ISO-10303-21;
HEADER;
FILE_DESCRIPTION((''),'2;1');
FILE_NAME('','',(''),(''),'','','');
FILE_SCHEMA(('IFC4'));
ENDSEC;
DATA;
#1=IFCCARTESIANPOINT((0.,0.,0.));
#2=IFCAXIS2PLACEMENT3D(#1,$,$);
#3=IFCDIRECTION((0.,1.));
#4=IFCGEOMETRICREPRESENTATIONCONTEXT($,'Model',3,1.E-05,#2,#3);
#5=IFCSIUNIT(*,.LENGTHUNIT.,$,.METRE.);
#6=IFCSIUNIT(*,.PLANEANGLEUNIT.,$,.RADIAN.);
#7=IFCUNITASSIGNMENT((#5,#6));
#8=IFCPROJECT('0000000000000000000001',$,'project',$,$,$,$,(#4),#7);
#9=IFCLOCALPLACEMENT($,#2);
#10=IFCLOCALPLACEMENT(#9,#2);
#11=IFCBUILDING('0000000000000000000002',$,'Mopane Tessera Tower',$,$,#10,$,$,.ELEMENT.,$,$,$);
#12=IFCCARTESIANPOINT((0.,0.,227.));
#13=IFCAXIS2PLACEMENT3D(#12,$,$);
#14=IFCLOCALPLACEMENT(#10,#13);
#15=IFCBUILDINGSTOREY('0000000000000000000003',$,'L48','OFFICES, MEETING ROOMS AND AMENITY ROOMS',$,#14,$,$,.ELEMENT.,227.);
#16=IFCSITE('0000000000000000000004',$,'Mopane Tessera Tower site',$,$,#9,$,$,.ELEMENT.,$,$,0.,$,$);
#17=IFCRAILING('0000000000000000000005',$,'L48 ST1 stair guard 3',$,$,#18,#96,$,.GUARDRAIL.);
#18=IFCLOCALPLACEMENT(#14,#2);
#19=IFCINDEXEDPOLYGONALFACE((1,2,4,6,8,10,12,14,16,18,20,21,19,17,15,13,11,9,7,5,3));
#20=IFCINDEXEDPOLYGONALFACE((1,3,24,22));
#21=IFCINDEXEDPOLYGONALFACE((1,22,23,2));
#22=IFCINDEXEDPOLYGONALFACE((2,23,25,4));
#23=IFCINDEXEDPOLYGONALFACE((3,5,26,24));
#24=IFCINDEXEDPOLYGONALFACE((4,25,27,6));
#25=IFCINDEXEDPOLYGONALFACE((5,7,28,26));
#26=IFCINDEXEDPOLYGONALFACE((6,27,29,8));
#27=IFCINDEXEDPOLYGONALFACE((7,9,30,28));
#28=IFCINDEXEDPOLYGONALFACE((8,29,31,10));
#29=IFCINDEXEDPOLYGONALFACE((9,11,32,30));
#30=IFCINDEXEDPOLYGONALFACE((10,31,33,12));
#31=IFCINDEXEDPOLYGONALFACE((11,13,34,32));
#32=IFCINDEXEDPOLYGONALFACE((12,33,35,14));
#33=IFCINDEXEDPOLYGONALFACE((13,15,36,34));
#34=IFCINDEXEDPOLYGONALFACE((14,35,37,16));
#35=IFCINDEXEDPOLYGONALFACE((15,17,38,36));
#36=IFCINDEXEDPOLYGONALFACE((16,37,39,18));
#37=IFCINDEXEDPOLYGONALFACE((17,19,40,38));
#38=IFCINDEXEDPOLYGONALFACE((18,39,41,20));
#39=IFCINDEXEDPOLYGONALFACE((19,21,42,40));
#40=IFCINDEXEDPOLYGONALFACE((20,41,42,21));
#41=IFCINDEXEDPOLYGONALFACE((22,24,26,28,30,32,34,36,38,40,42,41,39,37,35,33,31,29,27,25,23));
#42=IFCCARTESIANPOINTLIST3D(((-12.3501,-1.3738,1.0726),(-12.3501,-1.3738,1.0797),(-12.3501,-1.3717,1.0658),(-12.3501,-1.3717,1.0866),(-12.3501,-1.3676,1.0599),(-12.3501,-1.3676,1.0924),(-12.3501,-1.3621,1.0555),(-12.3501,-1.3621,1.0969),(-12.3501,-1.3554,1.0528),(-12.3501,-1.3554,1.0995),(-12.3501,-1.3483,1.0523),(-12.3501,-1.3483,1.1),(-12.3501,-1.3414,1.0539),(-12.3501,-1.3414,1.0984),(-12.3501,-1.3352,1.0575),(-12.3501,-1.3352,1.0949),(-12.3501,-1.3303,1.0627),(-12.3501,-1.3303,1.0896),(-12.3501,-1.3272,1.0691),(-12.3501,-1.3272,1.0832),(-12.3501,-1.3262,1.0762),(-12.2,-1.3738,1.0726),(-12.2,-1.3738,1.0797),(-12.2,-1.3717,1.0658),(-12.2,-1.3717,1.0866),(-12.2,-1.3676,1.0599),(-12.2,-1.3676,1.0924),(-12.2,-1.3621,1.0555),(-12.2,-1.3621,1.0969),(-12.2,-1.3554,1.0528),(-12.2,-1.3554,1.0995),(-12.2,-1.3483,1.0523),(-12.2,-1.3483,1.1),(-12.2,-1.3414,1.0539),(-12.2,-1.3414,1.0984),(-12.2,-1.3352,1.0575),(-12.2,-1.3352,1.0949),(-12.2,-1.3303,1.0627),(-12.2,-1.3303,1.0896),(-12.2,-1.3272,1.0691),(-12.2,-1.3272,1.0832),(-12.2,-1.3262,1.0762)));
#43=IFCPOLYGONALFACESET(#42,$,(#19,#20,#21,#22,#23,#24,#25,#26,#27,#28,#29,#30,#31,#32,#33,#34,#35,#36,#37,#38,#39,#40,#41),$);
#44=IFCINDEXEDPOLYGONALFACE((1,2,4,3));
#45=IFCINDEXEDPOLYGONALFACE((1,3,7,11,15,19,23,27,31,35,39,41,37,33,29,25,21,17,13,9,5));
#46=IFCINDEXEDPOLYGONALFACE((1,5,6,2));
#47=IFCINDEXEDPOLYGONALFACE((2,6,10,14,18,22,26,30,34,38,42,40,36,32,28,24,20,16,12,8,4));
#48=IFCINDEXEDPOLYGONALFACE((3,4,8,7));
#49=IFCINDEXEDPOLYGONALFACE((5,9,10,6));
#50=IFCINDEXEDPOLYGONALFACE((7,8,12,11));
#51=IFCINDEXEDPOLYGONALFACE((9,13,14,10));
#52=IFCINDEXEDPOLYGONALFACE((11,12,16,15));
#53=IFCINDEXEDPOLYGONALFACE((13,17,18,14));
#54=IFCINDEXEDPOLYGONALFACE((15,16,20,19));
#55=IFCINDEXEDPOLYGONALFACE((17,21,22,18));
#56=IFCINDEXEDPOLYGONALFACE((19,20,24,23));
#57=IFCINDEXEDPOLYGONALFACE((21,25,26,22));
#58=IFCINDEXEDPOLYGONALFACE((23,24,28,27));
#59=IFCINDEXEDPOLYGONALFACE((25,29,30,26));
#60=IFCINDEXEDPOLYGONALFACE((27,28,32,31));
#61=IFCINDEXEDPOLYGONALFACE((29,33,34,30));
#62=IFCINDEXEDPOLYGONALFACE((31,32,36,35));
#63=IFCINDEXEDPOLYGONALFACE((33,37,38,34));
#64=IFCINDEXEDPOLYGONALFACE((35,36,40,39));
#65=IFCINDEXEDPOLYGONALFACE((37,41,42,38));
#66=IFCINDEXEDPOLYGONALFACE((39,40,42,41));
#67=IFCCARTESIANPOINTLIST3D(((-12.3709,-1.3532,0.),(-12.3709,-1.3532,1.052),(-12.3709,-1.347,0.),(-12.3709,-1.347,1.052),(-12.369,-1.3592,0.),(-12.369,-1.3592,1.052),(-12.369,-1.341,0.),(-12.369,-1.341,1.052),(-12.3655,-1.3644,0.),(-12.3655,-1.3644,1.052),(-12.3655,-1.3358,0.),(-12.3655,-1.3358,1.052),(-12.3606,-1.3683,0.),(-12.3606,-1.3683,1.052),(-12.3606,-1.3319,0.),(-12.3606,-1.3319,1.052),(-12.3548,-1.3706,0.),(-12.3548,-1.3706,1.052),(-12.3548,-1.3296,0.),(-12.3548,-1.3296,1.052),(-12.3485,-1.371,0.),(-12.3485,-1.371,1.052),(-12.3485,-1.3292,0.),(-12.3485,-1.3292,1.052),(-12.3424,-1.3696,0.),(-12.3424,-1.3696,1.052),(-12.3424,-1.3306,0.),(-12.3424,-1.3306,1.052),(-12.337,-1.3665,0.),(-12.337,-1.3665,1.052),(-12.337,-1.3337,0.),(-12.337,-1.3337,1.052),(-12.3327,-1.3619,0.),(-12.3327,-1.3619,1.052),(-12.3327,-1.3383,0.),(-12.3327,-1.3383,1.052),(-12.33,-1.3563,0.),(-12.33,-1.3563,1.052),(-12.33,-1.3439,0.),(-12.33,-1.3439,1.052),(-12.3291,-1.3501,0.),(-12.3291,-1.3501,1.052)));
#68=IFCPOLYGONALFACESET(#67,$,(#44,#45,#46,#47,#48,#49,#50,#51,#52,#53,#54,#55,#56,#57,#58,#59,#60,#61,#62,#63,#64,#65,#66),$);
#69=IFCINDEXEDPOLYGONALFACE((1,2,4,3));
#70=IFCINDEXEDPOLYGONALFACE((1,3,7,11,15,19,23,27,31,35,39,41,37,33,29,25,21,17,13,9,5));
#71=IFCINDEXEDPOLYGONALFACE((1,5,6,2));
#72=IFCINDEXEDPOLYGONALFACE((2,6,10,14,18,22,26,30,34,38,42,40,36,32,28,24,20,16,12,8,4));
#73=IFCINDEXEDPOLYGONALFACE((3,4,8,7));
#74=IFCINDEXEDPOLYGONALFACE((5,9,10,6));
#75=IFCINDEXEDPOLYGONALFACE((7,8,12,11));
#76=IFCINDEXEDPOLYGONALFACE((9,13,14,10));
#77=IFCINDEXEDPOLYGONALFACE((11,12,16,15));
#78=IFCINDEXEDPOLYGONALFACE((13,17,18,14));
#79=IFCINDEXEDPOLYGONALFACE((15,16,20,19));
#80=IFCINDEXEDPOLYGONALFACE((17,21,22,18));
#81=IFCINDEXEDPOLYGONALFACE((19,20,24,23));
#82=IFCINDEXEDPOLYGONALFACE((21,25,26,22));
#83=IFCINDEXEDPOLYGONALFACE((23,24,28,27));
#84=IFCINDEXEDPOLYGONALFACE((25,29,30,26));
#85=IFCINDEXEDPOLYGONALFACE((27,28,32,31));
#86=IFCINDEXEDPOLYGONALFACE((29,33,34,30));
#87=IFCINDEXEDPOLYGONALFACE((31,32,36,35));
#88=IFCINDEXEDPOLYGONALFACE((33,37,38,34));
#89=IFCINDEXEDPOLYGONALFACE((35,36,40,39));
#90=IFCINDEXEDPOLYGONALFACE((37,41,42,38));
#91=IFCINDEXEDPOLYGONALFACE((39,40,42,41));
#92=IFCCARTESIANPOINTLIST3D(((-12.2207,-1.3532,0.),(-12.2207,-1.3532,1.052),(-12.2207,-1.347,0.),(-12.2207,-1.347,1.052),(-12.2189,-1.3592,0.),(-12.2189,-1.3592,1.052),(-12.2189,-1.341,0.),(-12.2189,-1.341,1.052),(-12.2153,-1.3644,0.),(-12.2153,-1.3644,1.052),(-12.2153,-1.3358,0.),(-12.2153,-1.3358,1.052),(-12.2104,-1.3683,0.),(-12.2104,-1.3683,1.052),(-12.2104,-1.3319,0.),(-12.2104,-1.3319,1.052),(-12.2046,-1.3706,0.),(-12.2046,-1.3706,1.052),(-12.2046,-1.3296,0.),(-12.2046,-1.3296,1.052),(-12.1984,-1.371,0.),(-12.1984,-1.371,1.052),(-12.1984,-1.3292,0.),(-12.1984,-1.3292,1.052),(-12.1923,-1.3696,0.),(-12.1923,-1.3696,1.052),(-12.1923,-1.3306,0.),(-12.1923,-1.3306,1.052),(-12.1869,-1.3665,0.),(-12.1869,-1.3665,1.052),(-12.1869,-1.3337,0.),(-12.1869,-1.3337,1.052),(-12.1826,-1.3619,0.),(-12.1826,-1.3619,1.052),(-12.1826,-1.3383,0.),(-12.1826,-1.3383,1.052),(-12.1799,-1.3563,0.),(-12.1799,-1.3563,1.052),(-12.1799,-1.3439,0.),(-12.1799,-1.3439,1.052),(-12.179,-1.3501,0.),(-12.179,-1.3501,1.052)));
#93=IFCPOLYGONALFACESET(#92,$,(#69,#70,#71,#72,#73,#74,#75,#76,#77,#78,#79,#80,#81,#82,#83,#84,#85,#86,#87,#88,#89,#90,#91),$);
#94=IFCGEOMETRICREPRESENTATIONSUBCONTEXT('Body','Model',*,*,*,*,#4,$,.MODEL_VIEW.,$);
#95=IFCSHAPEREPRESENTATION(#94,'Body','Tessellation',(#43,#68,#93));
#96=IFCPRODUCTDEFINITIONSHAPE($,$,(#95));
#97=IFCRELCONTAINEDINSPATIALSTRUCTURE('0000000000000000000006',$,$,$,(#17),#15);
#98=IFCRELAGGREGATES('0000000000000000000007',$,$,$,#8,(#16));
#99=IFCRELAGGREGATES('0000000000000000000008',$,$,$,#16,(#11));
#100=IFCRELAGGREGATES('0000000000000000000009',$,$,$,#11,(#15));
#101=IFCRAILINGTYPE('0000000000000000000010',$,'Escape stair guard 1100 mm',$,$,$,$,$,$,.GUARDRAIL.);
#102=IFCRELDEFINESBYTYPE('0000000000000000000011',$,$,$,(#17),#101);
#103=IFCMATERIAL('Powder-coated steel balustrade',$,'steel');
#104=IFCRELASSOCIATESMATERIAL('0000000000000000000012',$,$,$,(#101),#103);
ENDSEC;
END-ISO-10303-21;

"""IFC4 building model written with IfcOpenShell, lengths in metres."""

from ifc_helpers import new_model, si_unit, direction, frame, origin, origin_2d, place, context, subcontext, project, spatial, circle, extrude, material, type_object, element, save


model = new_model("IFC4")

# Units and contexts
model_context = context("Model", 3, precision=1e-05, world=origin(), true_north=direction((0.0, 1.0)))
body_context = subcontext(model_context, "Body", "Model", "MODEL_VIEW")
ifc_project = project(units=[si_unit("LENGTHUNIT", "METRE"), si_unit("PLANEANGLEUNIT", "RADIAN")], contexts=[model_context])

# Site, building, storey
site_placement = place(None, origin())
site = spatial("IfcSite", under=ifc_project, at=site_placement, Name="Mopane Tessera Tower site", CompositionType="ELEMENT", RefElevation=0.0)
building_placement = place(site_placement, origin())
building = spatial("IfcBuilding", under=site, at=building_placement, Name="Mopane Tessera Tower", CompositionType="ELEMENT")
storey_placement = place(building_placement, frame((0.0, 0.0, 227.0)))
storey = spatial("IfcBuildingStorey", under=building, at=storey_placement, Name="L48", Description="OFFICES, MEETING ROOMS AND AMENITY ROOMS", CompositionType="ELEMENT", Elevation=227.0)

# Railing
ifc_material_1 = material(Name="Powder-coated steel balustrade", Category="steel")
railing_type_1 = type_object("IfcRailingType", Name="Escape stair guard 1100 mm", PredefinedType="GUARDRAIL", material=ifc_material_1)
railing_1_placement = place(storey_placement, frame((-12.3501, -1.3501, 0.0)))
element("IfcRailing", 1, at=railing_1_placement, inside=storey, type_object=railing_type_1, Name="L48 ST1 stair guard 3", PredefinedType="GUARDRAIL", context=body_context, shape_type="SweptSolid", body=[
    extrude(circle(Radius=0.0239, at=origin_2d()), frame((0.0, 0.0, 1.0762), z_axis=(1.0, 0.0, 0.0), x_axis=(0.0, 1.0, 0.0)), (0.0, 0.0, 1.0), 0.1501),
    extrude(circle(Radius=0.021, at=origin_2d()), origin(), (0.0, 0.0, 1.0), 1.052),
    extrude(circle(Radius=0.021, at=origin_2d()), frame((0.1501, 0.0, 0.0)), (0.0, 0.0, 1.0), 1.052),
])

save(model, "model.ifc")
